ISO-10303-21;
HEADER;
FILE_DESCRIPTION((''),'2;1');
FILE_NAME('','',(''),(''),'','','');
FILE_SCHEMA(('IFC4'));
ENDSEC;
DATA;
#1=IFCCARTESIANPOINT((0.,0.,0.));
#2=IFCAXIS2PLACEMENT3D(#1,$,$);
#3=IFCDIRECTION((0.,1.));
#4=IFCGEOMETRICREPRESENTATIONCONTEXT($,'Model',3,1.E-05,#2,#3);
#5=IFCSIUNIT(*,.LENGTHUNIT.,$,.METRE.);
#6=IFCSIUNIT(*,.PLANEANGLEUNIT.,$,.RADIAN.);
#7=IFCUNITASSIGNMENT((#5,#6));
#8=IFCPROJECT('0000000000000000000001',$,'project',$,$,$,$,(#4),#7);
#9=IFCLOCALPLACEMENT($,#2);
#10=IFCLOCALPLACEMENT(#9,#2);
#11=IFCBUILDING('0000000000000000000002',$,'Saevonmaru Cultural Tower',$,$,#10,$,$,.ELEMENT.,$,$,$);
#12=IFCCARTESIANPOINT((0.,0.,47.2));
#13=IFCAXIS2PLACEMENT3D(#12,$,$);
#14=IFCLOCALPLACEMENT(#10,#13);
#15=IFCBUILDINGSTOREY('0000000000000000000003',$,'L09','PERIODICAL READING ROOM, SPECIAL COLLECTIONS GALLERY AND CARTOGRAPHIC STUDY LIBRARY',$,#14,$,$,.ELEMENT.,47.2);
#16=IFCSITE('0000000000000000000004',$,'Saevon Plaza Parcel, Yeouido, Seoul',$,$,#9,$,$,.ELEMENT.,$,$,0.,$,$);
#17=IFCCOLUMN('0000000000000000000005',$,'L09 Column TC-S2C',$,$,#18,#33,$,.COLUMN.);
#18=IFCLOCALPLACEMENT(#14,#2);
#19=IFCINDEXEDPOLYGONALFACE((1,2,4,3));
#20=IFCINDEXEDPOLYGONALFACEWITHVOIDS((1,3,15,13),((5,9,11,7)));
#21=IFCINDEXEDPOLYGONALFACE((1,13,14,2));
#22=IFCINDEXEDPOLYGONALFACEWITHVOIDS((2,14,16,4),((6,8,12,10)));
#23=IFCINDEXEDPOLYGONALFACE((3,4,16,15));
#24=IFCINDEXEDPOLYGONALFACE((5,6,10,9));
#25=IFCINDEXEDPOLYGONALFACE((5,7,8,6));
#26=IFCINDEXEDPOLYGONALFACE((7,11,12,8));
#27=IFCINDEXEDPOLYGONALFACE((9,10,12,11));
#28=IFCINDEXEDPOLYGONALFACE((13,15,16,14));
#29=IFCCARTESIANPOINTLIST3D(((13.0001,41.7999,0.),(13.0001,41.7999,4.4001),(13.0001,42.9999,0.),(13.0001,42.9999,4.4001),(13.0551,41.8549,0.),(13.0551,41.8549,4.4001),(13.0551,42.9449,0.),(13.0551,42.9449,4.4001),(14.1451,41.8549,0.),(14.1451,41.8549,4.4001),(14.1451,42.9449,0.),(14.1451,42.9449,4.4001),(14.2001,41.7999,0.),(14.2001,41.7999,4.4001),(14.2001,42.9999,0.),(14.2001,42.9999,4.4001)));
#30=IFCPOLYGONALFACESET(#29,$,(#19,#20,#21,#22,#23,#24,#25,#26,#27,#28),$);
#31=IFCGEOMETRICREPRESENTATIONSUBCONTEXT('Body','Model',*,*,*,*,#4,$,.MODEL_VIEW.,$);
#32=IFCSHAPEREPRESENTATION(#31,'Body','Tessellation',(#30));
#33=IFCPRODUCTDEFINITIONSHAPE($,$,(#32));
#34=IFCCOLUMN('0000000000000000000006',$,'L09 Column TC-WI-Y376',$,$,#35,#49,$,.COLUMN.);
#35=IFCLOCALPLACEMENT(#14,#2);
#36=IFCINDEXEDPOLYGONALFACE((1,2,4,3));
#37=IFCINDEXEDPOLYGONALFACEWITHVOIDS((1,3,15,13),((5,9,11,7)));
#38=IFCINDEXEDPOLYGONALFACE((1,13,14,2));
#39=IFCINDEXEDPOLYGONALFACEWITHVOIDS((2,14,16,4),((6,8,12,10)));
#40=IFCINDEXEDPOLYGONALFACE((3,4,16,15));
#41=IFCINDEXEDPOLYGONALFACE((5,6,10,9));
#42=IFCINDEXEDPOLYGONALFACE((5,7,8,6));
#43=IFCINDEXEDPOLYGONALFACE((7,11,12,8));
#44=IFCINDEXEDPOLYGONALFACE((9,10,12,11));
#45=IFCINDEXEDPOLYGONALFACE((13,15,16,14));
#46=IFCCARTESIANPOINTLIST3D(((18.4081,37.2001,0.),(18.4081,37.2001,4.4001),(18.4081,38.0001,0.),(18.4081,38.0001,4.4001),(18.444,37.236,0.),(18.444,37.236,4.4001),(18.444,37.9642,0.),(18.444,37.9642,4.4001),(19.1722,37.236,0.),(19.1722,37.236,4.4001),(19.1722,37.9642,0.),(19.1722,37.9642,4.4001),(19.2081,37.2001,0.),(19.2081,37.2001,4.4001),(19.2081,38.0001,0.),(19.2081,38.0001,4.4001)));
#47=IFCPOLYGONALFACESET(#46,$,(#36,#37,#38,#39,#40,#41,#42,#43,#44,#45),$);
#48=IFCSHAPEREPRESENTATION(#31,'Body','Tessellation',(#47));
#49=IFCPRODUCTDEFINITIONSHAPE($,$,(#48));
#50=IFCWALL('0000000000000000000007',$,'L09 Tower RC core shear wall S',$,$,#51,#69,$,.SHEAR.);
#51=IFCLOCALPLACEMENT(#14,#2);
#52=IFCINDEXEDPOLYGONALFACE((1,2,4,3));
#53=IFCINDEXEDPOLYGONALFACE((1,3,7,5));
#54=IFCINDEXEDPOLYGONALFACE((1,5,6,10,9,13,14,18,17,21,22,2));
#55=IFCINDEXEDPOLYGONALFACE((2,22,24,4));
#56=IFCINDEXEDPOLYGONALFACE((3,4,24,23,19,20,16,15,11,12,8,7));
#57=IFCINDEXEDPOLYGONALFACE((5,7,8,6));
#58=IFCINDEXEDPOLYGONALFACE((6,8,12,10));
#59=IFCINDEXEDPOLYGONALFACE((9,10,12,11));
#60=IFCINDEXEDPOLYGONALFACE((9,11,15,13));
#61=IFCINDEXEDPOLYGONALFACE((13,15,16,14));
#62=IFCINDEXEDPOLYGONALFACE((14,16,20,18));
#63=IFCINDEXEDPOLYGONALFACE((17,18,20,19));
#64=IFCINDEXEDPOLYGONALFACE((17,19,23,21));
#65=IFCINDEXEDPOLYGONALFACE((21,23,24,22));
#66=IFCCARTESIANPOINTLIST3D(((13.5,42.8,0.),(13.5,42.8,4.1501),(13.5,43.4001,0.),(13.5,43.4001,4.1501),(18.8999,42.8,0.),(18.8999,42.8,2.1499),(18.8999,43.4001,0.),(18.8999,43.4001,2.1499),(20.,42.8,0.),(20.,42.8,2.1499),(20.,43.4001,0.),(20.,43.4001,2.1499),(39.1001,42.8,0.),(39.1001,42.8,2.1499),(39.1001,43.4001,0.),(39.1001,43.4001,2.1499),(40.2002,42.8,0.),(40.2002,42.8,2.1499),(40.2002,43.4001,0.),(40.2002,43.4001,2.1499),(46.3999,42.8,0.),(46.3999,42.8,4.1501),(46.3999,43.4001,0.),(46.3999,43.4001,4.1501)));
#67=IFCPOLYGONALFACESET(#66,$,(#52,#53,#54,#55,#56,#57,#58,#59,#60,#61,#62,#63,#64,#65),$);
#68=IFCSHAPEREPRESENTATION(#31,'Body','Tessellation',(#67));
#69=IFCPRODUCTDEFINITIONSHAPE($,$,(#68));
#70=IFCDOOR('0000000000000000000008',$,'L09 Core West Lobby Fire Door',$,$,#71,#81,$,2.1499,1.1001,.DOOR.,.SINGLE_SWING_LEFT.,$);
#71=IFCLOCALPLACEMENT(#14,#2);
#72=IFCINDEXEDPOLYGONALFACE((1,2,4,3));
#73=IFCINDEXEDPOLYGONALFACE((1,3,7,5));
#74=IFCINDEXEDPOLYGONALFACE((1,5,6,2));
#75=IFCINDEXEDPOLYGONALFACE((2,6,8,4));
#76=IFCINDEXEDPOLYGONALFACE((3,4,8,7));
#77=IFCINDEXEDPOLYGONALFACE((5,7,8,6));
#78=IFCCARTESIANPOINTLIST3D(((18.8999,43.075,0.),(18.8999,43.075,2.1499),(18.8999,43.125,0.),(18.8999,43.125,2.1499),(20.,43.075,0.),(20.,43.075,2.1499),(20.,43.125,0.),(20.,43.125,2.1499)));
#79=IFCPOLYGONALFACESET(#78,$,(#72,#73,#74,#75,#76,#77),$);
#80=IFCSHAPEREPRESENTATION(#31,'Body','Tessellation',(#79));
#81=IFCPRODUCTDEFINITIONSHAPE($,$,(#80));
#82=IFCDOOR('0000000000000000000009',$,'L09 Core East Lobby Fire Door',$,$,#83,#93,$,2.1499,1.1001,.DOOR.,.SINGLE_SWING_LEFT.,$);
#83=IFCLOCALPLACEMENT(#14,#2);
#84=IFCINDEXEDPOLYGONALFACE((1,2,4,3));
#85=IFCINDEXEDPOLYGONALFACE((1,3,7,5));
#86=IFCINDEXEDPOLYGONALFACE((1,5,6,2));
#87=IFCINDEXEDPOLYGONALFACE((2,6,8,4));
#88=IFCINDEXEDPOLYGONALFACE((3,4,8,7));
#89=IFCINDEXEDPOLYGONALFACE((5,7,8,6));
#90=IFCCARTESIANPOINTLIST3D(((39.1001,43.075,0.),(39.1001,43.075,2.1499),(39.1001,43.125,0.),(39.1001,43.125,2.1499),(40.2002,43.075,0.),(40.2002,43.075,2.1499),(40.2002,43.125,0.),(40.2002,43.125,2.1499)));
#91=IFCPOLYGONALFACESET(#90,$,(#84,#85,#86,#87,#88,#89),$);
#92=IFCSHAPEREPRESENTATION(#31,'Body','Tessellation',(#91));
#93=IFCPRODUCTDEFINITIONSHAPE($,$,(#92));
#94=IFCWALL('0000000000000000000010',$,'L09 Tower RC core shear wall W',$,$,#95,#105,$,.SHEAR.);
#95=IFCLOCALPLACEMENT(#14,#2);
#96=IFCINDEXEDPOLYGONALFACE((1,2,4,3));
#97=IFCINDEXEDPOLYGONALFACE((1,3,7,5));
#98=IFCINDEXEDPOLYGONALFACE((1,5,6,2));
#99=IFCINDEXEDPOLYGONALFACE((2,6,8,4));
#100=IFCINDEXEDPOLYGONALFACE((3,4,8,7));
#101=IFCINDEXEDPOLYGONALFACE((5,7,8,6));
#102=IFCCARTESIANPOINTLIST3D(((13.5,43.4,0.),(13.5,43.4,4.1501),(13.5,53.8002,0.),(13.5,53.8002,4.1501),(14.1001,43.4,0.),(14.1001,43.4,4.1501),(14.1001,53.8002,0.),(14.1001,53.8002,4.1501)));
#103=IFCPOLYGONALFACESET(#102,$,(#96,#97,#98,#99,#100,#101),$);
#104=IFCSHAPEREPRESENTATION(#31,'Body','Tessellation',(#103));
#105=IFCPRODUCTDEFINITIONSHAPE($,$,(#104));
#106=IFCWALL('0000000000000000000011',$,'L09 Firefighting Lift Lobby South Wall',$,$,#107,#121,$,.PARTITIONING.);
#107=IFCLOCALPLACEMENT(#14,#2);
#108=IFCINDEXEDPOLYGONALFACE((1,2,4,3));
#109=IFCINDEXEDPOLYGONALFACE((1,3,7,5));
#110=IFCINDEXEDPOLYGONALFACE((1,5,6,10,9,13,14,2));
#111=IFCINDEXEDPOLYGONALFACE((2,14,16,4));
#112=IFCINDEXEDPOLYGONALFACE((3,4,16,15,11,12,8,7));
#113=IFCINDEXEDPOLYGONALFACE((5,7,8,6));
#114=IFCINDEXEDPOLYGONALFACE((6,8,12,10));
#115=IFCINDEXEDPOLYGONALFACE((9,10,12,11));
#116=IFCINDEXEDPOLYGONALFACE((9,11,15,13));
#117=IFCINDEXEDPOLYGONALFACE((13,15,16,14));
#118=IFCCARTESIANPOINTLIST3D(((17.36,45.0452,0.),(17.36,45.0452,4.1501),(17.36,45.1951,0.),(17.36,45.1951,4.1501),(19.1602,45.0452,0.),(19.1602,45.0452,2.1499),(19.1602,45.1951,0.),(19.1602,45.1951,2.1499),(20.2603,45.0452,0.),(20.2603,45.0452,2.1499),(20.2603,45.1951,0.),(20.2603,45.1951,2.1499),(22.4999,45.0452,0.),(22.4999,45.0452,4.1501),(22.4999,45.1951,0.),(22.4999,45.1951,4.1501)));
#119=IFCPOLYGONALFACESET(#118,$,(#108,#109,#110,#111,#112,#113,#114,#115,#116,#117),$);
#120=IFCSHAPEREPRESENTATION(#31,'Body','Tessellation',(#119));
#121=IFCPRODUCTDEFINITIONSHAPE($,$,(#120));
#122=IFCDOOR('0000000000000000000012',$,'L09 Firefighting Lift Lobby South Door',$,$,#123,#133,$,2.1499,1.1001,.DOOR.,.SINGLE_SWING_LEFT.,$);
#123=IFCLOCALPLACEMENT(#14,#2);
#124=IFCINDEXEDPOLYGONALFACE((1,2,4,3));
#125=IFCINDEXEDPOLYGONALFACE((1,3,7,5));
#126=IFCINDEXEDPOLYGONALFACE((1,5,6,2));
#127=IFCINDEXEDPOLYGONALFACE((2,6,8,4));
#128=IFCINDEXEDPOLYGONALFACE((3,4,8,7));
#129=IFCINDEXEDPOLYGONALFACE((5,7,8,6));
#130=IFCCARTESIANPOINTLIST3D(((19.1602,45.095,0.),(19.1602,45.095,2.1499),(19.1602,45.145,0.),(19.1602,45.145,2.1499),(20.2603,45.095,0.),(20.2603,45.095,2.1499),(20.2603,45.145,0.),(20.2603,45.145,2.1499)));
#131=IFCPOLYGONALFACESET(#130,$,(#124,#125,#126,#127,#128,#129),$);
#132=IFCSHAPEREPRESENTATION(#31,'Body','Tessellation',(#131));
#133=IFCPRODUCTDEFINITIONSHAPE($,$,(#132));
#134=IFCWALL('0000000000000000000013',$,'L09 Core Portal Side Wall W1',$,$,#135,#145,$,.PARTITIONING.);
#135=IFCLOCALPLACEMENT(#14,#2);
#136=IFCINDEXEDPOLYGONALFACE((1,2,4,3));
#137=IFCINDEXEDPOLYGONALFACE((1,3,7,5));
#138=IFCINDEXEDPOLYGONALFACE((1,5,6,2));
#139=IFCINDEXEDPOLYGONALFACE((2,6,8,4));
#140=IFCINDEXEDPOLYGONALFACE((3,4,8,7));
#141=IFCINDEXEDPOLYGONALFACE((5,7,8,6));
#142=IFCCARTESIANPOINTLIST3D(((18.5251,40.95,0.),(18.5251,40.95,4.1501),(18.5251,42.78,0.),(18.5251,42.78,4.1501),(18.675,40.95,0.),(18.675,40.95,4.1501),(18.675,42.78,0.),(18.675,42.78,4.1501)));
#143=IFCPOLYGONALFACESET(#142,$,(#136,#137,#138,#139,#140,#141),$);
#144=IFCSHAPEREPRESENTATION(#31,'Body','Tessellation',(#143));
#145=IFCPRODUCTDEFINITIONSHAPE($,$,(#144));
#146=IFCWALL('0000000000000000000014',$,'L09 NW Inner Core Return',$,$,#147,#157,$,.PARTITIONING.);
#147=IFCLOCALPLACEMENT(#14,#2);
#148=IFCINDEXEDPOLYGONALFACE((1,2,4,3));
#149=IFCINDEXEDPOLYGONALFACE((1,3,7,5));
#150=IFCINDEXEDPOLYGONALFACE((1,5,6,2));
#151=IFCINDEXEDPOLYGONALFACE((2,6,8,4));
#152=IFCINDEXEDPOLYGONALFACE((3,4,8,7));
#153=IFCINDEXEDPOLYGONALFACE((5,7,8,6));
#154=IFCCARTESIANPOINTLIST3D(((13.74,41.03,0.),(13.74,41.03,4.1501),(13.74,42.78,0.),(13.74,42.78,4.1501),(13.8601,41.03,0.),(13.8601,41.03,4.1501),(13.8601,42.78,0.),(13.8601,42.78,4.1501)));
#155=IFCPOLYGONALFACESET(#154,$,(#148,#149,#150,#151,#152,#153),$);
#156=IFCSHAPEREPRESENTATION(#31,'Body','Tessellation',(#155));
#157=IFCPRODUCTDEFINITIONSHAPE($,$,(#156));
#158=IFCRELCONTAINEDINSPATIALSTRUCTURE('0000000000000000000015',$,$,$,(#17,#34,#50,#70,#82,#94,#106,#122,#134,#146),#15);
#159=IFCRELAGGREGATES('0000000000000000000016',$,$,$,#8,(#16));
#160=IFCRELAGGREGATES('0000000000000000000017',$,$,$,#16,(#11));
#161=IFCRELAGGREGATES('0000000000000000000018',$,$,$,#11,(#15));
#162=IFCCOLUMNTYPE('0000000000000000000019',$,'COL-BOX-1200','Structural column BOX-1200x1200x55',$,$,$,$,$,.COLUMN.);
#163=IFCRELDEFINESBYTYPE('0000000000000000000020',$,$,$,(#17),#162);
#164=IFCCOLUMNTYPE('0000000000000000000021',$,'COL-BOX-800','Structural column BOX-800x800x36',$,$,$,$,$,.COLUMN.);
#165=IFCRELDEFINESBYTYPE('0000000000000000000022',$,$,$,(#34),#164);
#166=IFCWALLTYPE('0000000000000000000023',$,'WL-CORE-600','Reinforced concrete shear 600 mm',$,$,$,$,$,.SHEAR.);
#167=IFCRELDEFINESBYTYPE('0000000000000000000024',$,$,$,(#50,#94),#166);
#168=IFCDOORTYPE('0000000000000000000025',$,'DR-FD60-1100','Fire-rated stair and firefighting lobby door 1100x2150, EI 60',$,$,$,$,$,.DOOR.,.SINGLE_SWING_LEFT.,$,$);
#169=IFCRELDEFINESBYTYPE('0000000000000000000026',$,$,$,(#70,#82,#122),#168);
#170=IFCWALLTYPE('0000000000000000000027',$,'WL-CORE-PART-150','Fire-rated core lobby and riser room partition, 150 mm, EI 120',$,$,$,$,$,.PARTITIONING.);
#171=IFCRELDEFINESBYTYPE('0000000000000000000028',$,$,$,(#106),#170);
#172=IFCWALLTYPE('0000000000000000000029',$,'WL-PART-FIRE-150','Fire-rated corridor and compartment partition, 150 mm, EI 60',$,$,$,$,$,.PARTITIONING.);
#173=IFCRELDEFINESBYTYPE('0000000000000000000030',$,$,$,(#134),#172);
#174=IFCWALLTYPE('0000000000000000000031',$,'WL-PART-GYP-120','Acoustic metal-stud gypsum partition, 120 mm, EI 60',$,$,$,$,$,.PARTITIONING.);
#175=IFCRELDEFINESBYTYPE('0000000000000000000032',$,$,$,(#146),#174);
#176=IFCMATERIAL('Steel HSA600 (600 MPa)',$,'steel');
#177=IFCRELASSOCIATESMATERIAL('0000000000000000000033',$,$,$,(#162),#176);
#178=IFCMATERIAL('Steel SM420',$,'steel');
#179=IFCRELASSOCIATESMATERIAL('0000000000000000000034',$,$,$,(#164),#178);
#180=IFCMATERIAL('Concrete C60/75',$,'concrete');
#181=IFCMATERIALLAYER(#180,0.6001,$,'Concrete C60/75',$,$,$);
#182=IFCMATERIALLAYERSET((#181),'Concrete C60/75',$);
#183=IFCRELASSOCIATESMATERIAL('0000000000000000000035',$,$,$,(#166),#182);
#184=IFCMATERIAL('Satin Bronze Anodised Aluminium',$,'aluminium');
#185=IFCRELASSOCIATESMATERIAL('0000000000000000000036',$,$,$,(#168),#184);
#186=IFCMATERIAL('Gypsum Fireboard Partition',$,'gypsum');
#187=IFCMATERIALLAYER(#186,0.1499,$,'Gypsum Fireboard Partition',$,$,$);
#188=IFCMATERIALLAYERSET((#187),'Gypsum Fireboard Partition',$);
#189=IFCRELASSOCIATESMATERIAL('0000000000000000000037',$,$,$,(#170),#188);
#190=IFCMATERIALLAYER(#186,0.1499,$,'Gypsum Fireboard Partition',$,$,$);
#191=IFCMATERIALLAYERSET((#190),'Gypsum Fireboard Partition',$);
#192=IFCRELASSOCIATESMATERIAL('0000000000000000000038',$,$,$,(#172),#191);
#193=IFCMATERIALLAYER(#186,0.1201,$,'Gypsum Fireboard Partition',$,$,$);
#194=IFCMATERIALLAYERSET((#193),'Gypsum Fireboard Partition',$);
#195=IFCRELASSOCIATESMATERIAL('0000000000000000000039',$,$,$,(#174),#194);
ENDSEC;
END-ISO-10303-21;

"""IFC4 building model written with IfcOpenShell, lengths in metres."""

from ifc_helpers import new_model, si_unit, direction, frame, frame_2d, origin, origin_2d, place, context, subcontext, project, spatial, rectangle, hollow_rectangle, extrude, material, layer, layer_set, material_profile, profile_set, type_object, element, fill, save


model = new_model("IFC4")

# Units and contexts
model_context = context("Model", 3, precision=1e-05, world=origin(), true_north=direction((0.0, 1.0)))
body_context = subcontext(model_context, "Body", "Model", "MODEL_VIEW")
ifc_project = project(units=[si_unit("LENGTHUNIT", "METRE"), si_unit("PLANEANGLEUNIT", "RADIAN")], contexts=[model_context])

# Site, building, storey
site_placement = place(None, origin())
site = spatial("IfcSite", under=ifc_project, at=site_placement, Name="Saevon Plaza Parcel, Yeouido, Seoul", CompositionType="ELEMENT", RefElevation=0.0)
building_placement = place(site_placement, origin())
building = spatial("IfcBuilding", under=site, at=building_placement, Name="Saevonmaru Cultural Tower", CompositionType="ELEMENT")
storey_placement = place(building_placement, frame((0.0, 0.0, 47.2)))
storey = spatial("IfcBuildingStorey", under=building, at=storey_placement, Name="L09", Description="PERIODICAL READING ROOM, SPECIAL COLLECTIONS GALLERY AND CARTOGRAPHIC STUDY LIBRARY", CompositionType="ELEMENT", Elevation=47.2)

# Columns
ifc_material_1 = material(Name="Steel HSA600 (600 MPa)", Category="steel")
ifc_material_profile_1 = material_profile(ifc_material_1, hollow_rectangle(XDim=1.2, YDim=1.2, WallThickness=0.0549, at=origin_2d()), Name="BOX-1200x1200x55")
ifc_profile_set_1 = profile_set([ifc_material_profile_1], Name="Steel HSA600 (600 MPa)")
column_type_1 = type_object("IfcColumnType", Name="COL-BOX-1200", Description="Structural column BOX-1200x1200x55", PredefinedType="COLUMN", material=ifc_profile_set_1)
column_1_placement = place(storey_placement, frame((13.6001, 42.3999, 0.0), z_axis=(0.0, 0.0, 1.0), x_axis=(1.0, 0.0, 0.0)))
element("IfcColumn", 1, at=column_1_placement, inside=storey, type_object=column_type_1, Name="L09 Column TC-S2C", PredefinedType="COLUMN", context=body_context, shape_type="SweptSolid", body=[
    extrude(hollow_rectangle(XDim=1.2, YDim=1.2, WallThickness=0.0549, at=origin_2d()), origin(), (0.0, 0.0, 1.0), 4.4001),
])
ifc_material_2 = material(Name="Steel SM420", Category="steel")
ifc_material_profile_2 = material_profile(ifc_material_2, hollow_rectangle(XDim=0.8, YDim=0.8, WallThickness=0.0359, at=origin_2d()), Name="BOX-800x800x36")
ifc_profile_set_2 = profile_set([ifc_material_profile_2], Name="Steel SM420")
column_type_2 = type_object("IfcColumnType", Name="COL-BOX-800", Description="Structural column BOX-800x800x36", PredefinedType="COLUMN", material=ifc_profile_set_2)
column_2_placement = place(storey_placement, frame((18.8081, 37.6001, 0.0), z_axis=(0.0, 0.0, 1.0), x_axis=(1.0, 0.0, 0.0)))
element("IfcColumn", 2, at=column_2_placement, inside=storey, type_object=column_type_2, Name="L09 Column TC-WI-Y376", PredefinedType="COLUMN", context=body_context, shape_type="SweptSolid", body=[
    extrude(hollow_rectangle(XDim=0.8, YDim=0.8, WallThickness=0.0359, at=origin_2d()), origin(), (0.0, 0.0, 1.0), 4.4001),
])

# Wall, openings, doors
ifc_material_3 = material(Name="Concrete C60/75", Category="concrete")
ifc_layer_1 = layer(ifc_material_3, 0.6001, Name="Concrete C60/75")
ifc_layer_set_1 = layer_set([ifc_layer_1], Name="Concrete C60/75")
wall_type_1 = type_object("IfcWallType", Name="WL-CORE-600", Description="Reinforced concrete shear 600 mm", PredefinedType="SHEAR", material=ifc_layer_set_1)
wall_1_placement = place(storey_placement, frame((13.5, 43.1001, 0.0), z_axis=(0.0, 0.0, 1.0), x_axis=(1.0, 0.0, 0.0)))
wall_1 = element("IfcWall", 3, at=wall_1_placement, inside=storey, type_object=wall_type_1, Name="L09 Tower RC core shear wall S", PredefinedType="SHEAR", context=body_context, shape_type="SweptSolid", body=[
    extrude(rectangle(XDim=32.8999, YDim=0.6001, at=frame_2d((16.45, 0.0))), origin(), (0.0, 0.0, 1.0), 4.1501),
])
opening_1_placement = place(wall_1_placement, frame((5.3999, 0.0, 0.0)))
opening_1 = element("IfcOpeningElement", 4, at=opening_1_placement, cuts=wall_1, PredefinedType="OPENING", context=body_context, shape_type="SweptSolid", body=[
    extrude(rectangle(XDim=1.1001, YDim=2.1499, at=frame_2d((0.55, 1.075))), frame((0.0, 0.3101, 0.0), z_axis=(0.0, -1.0, 0.0), x_axis=(1.0, 0.0, 0.0)), (0.0, 0.0, 1.0), 0.6201),
])
opening_2_placement = place(wall_1_placement, frame((25.6001, 0.0, 0.0)))
opening_2 = element("IfcOpeningElement", 5, at=opening_2_placement, cuts=wall_1, PredefinedType="OPENING", context=body_context, shape_type="SweptSolid", body=[
    extrude(rectangle(XDim=1.1001, YDim=2.1499, at=frame_2d((0.55, 1.075))), frame((0.0, 0.3101, 0.0), z_axis=(0.0, -1.0, 0.0), x_axis=(1.0, 0.0, 0.0)), (0.0, 0.0, 1.0), 0.6201),
])
ifc_material_4 = material(Name="Satin Bronze Anodised Aluminium", Category="aluminium")
door_type_1 = type_object("IfcDoorType", Name="DR-FD60-1100", Description="Fire-rated stair and firefighting lobby door 1100x2150, EI 60", OperationType="SINGLE_SWING_LEFT", PredefinedType="DOOR", material=ifc_material_4)
door_1_placement = place(opening_1_placement, origin())
door_1 = element("IfcDoor", 6, at=door_1_placement, inside=storey, type_object=door_type_1, Name="L09 Core West Lobby Fire Door", OperationType="SINGLE_SWING_LEFT", OverallHeight=2.1499, OverallWidth=1.1001, PredefinedType="DOOR", context=body_context, shape_type="SweptSolid", body=[
    extrude(rectangle(XDim=1.1001, YDim=2.1499, at=frame_2d((0.55, 1.075))), frame((0.0, 0.0249, 0.0), z_axis=(0.0, -1.0, 0.0), x_axis=(1.0, 0.0, 0.0)), (0.0, 0.0, 1.0), 0.05),
])
fill(opening_1, door_1)
door_2_placement = place(opening_2_placement, origin())
door_2 = element("IfcDoor", 7, at=door_2_placement, inside=storey, type_object=door_type_1, Name="L09 Core East Lobby Fire Door", OperationType="SINGLE_SWING_LEFT", OverallHeight=2.1499, OverallWidth=1.1001, PredefinedType="DOOR", context=body_context, shape_type="SweptSolid", body=[
    extrude(rectangle(XDim=1.1001, YDim=2.1499, at=frame_2d((0.55, 1.075))), frame((0.0, 0.0249, 0.0), z_axis=(0.0, -1.0, 0.0), x_axis=(1.0, 0.0, 0.0)), (0.0, 0.0, 1.0), 0.05),
])
fill(opening_2, door_2)

# Wall
wall_2_placement = place(storey_placement, frame((13.8, 43.3999, 0.0), z_axis=(0.0, 0.0, 1.0), x_axis=(0.0, 1.0, 0.0)))
element("IfcWall", 8, at=wall_2_placement, inside=storey, type_object=wall_type_1, Name="L09 Tower RC core shear wall W", PredefinedType="SHEAR", context=body_context, shape_type="SweptSolid", body=[
    extrude(rectangle(XDim=10.4001, YDim=0.6001, at=frame_2d((5.2002, 0.0))), origin(), (0.0, 0.0, 1.0), 4.1501),
])

# Wall, opening, door
ifc_material_5 = material(Name="Gypsum Fireboard Partition", Category="gypsum")
ifc_layer_2 = layer(ifc_material_5, 0.1499, Name="Gypsum Fireboard Partition")
ifc_layer_set_2 = layer_set([ifc_layer_2], Name="Gypsum Fireboard Partition")
wall_type_2 = type_object("IfcWallType", Name="WL-CORE-PART-150", Description="Fire-rated core lobby and riser room partition, 150 mm, EI 120", PredefinedType="PARTITIONING", material=ifc_layer_set_2)
wall_3_placement = place(storey_placement, frame((17.3601, 45.1201, 0.0), z_axis=(0.0, 0.0, 1.0), x_axis=(1.0, 0.0, 0.0)))
wall_3 = element("IfcWall", 9, at=wall_3_placement, inside=storey, type_object=wall_type_2, Name="L09 Firefighting Lift Lobby South Wall", PredefinedType="PARTITIONING", context=body_context, shape_type="SweptSolid", body=[
    extrude(rectangle(XDim=5.1399, YDim=0.1499, at=frame_2d((2.5698, 0.0))), origin(), (0.0, 0.0, 1.0), 4.1501),
])
opening_3_placement = place(wall_3_placement, frame((1.8, 0.0, 0.0)))
opening_3 = element("IfcOpeningElement", 10, at=opening_3_placement, cuts=wall_3, PredefinedType="OPENING", context=body_context, shape_type="SweptSolid", body=[
    extrude(rectangle(XDim=1.1001, YDim=2.1499, at=frame_2d((0.55, 1.075))), frame((0.0, 0.085, 0.0), z_axis=(0.0, -1.0, 0.0), x_axis=(1.0, 0.0, 0.0)), (0.0, 0.0, 1.0), 0.1699),
])
door_3_placement = place(opening_3_placement, origin())
door_3 = element("IfcDoor", 11, at=door_3_placement, inside=storey, type_object=door_type_1, Name="L09 Firefighting Lift Lobby South Door", OperationType="SINGLE_SWING_LEFT", OverallHeight=2.1499, OverallWidth=1.1001, PredefinedType="DOOR", context=body_context, shape_type="SweptSolid", body=[
    extrude(rectangle(XDim=1.1001, YDim=2.1499, at=frame_2d((0.55, 1.075))), frame((0.0, 0.0249, 0.0), z_axis=(0.0, -1.0, 0.0), x_axis=(1.0, 0.0, 0.0)), (0.0, 0.0, 1.0), 0.05),
])
fill(opening_3, door_3)

# Walls
ifc_layer_3 = layer(ifc_material_5, 0.1499, Name="Gypsum Fireboard Partition")
ifc_layer_set_3 = layer_set([ifc_layer_3], Name="Gypsum Fireboard Partition")
wall_type_3 = type_object("IfcWallType", Name="WL-PART-FIRE-150", Description="Fire-rated corridor and compartment partition, 150 mm, EI 60", PredefinedType="PARTITIONING", material=ifc_layer_set_3)
wall_4_placement = place(storey_placement, frame((18.6001, 40.95, 0.0), z_axis=(0.0, 0.0, 1.0), x_axis=(0.0, 1.0, 0.0)))
element("IfcWall", 12, at=wall_4_placement, inside=storey, type_object=wall_type_3, Name="L09 Core Portal Side Wall W1", PredefinedType="PARTITIONING", context=body_context, shape_type="SweptSolid", body=[
    extrude(rectangle(XDim=1.8301, YDim=0.1499, at=frame_2d((0.915, 0.0))), origin(), (0.0, 0.0, 1.0), 4.1501),
])
ifc_layer_4 = layer(ifc_material_5, 0.1201, Name="Gypsum Fireboard Partition")
ifc_layer_set_4 = layer_set([ifc_layer_4], Name="Gypsum Fireboard Partition")
wall_type_4 = type_object("IfcWallType", Name="WL-PART-GYP-120", Description="Acoustic metal-stud gypsum partition, 120 mm, EI 60", PredefinedType="PARTITIONING", material=ifc_layer_set_4)
wall_5_placement = place(storey_placement, frame((13.8, 41.03, 0.0), z_axis=(0.0, 0.0, 1.0), x_axis=(0.0, 1.0, 0.0)))
element("IfcWall", 13, at=wall_5_placement, inside=storey, type_object=wall_type_4, Name="L09 NW Inner Core Return", PredefinedType="PARTITIONING", context=body_context, shape_type="SweptSolid", body=[
    extrude(rectangle(XDim=1.75, YDim=0.1201, at=frame_2d((0.875, 0.0))), origin(), (0.0, 0.0, 1.0), 4.1501),
])

save(model, "model.ifc")
